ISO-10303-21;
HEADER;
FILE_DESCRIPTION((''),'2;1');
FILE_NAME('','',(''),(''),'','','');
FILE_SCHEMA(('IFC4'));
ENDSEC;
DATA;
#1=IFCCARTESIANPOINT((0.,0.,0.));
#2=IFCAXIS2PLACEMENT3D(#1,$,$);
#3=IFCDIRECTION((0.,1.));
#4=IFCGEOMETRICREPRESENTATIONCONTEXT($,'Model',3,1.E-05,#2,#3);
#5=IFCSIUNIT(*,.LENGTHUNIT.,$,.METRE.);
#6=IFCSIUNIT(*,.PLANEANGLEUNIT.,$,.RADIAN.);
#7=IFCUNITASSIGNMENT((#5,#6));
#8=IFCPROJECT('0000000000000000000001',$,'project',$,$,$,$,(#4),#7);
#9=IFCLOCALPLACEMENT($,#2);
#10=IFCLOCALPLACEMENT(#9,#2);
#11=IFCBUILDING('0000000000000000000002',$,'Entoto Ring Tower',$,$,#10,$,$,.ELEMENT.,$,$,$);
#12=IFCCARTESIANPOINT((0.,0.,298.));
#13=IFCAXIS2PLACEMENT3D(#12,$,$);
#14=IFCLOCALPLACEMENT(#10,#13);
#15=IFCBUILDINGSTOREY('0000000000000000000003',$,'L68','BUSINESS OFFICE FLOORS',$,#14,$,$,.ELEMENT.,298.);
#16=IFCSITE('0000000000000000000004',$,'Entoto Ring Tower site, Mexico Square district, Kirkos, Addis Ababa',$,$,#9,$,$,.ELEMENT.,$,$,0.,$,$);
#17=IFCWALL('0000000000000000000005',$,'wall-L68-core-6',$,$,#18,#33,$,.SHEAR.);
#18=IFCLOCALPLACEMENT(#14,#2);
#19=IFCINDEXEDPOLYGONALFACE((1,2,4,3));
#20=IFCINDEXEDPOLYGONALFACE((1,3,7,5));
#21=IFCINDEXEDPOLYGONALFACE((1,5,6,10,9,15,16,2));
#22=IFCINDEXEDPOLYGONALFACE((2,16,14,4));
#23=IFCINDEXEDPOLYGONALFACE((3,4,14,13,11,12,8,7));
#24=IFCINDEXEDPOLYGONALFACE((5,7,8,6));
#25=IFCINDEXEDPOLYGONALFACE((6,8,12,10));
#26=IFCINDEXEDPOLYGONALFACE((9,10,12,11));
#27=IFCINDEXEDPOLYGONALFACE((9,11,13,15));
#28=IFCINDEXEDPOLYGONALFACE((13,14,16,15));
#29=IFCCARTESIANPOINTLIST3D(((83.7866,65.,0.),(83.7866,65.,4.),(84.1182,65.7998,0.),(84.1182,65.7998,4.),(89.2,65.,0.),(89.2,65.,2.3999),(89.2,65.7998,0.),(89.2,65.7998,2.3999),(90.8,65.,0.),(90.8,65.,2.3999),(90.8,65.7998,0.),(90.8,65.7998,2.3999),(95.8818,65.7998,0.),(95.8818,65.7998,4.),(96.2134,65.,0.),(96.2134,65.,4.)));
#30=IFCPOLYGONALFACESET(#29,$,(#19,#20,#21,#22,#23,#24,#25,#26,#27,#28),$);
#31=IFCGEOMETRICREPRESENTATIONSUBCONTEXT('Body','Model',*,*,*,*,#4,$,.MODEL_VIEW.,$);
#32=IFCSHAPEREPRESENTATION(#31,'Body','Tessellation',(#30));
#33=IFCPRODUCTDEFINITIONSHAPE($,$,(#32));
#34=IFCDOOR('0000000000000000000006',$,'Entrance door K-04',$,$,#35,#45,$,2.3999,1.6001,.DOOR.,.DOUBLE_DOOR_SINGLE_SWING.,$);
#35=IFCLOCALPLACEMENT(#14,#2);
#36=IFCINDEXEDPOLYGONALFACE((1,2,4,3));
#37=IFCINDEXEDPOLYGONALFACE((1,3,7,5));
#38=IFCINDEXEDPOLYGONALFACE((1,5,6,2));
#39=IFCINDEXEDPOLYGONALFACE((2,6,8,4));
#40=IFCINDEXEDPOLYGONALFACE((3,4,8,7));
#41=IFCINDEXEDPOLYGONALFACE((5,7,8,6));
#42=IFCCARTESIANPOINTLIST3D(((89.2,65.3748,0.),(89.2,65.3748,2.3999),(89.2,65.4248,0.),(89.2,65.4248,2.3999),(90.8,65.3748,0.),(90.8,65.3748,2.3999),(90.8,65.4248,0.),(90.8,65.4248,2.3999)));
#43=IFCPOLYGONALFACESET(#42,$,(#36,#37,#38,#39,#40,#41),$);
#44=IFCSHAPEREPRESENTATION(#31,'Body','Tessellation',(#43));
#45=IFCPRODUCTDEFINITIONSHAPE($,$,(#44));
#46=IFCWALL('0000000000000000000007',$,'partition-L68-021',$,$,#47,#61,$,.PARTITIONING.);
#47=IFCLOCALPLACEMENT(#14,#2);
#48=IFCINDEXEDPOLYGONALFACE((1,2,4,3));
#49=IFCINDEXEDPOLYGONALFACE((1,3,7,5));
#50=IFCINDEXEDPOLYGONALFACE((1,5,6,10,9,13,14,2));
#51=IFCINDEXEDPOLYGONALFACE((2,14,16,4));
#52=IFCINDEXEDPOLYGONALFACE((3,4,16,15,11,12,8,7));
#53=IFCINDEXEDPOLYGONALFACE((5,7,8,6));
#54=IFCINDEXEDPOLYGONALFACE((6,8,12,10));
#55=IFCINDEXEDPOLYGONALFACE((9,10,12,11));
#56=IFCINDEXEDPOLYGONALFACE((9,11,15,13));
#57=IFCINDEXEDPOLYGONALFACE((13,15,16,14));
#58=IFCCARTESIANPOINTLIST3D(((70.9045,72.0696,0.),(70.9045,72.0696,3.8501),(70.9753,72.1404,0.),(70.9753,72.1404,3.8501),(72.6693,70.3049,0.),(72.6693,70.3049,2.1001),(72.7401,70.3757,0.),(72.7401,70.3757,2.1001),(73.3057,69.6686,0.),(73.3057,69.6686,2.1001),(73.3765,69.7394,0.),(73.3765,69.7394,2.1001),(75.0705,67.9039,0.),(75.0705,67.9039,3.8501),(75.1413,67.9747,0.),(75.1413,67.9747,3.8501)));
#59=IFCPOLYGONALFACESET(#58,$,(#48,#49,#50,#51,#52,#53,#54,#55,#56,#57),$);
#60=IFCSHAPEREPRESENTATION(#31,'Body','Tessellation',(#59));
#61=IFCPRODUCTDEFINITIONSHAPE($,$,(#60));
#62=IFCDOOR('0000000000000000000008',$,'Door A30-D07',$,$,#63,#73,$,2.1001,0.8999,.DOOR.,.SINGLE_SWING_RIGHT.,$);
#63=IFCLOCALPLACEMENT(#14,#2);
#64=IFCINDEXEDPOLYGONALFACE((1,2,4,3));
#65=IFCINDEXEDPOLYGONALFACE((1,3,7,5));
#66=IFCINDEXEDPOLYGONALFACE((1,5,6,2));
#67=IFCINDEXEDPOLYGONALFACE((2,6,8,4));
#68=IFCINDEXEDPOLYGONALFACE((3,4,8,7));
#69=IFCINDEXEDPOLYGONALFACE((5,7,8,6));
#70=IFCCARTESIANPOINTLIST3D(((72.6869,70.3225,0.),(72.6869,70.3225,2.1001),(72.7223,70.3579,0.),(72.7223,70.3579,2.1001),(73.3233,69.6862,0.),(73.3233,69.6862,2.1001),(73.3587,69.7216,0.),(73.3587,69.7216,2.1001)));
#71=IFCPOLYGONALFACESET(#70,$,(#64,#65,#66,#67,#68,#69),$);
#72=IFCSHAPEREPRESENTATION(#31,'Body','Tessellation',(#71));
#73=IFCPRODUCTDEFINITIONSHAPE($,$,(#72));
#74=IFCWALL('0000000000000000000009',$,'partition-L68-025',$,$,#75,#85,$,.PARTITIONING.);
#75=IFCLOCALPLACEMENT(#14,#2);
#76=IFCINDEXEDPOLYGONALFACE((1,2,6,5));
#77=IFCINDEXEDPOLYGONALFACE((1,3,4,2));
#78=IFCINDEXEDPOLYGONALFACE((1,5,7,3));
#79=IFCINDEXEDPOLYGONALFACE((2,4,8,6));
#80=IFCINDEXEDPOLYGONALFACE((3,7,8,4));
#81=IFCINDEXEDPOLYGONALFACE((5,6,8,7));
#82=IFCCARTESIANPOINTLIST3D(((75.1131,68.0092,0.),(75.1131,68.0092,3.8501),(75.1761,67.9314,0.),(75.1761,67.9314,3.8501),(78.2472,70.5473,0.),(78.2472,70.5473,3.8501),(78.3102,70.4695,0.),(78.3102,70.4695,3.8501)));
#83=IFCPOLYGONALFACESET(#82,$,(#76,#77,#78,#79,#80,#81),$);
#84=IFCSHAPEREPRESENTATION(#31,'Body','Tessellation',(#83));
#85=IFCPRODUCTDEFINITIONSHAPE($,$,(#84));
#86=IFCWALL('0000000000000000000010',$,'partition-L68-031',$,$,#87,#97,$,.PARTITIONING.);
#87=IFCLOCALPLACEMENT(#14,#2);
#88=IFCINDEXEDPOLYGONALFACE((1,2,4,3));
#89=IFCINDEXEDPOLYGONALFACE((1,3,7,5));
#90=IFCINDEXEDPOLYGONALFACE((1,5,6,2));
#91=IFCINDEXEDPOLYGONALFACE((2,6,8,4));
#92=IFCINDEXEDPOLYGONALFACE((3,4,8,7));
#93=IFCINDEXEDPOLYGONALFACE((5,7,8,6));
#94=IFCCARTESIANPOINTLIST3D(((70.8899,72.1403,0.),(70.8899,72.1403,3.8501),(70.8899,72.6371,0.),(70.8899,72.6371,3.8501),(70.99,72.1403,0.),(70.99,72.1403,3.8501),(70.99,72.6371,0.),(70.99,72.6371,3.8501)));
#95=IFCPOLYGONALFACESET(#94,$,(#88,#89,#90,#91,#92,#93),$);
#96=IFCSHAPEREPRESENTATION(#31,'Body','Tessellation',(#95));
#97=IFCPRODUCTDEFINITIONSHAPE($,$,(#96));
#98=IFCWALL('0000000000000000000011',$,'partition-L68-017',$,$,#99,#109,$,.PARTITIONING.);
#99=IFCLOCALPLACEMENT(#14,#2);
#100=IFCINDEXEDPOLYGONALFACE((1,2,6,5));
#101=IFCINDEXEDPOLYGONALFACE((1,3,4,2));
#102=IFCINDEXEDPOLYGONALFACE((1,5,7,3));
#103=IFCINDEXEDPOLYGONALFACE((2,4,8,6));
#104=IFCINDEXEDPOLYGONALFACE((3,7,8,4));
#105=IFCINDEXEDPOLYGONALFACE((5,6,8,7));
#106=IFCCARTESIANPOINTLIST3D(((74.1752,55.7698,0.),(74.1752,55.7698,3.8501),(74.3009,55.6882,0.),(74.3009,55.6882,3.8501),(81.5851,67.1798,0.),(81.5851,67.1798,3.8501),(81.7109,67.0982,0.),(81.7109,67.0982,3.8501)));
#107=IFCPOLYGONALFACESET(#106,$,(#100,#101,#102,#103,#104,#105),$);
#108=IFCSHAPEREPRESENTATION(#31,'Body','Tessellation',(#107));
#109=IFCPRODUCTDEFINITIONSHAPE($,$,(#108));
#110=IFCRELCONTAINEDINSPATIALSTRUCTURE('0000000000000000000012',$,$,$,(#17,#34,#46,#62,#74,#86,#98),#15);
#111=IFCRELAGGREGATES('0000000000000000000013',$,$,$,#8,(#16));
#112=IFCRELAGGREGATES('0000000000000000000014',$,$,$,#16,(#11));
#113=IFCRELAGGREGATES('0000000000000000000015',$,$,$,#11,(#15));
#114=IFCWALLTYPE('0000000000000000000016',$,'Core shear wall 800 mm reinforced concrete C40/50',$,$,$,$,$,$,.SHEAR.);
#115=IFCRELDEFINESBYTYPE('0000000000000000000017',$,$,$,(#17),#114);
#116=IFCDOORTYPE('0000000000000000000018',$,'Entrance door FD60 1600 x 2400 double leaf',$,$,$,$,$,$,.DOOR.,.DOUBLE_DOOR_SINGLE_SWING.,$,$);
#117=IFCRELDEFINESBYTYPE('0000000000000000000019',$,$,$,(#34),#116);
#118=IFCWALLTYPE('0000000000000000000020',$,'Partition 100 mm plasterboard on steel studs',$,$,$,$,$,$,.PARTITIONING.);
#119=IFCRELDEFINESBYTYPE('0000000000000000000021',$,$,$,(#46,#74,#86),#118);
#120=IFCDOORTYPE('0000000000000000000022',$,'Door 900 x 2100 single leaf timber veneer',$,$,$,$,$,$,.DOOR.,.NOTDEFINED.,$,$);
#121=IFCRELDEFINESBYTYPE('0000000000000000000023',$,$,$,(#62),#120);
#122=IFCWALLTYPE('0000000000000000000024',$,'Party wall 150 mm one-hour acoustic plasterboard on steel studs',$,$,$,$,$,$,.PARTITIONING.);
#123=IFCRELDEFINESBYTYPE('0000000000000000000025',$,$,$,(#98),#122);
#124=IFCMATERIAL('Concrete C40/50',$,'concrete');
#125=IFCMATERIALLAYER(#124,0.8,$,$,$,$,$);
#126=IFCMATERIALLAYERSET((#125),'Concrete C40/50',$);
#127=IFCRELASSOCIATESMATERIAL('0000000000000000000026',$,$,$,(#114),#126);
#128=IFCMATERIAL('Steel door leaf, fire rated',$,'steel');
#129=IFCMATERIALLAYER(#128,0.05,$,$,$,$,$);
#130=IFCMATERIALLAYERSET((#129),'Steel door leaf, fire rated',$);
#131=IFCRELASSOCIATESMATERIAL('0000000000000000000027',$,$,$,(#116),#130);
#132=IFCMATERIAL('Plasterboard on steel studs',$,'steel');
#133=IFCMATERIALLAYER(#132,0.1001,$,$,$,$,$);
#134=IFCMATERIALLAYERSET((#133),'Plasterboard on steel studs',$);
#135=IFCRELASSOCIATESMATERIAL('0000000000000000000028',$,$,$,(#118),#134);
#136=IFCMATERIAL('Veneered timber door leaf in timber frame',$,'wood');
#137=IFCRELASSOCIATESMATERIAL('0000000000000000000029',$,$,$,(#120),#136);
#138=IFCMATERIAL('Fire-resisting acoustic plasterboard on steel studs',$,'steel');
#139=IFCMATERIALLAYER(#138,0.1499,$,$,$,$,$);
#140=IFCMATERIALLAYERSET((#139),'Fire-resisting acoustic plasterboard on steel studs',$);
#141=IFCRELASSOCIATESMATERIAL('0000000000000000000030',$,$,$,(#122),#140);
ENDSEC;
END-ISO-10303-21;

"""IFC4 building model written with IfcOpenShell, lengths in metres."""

from ifc_helpers import new_model, si_unit, direction, frame, frame_2d, origin, place, context, subcontext, project, spatial, polyline, rectangle, outline, extrude, material, layer, layer_set, type_object, element, fill, save


model = new_model("IFC4")

# Units and contexts
model_context = context("Model", 3, precision=1e-05, world=origin(), true_north=direction((0.0, 1.0)))
body_context = subcontext(model_context, "Body", "Model", "MODEL_VIEW")
ifc_project = project(units=[si_unit("LENGTHUNIT", "METRE"), si_unit("PLANEANGLEUNIT", "RADIAN")], contexts=[model_context])

# Site, building, storey
site_placement = place(None, origin())
site = spatial("IfcSite", under=ifc_project, at=site_placement, Name="Entoto Ring Tower site, Mexico Square district, Kirkos, Addis Ababa", CompositionType="ELEMENT", RefElevation=0.0)
building_placement = place(site_placement, origin())
building = spatial("IfcBuilding", under=site, at=building_placement, Name="Entoto Ring Tower", CompositionType="ELEMENT")
storey_placement = place(building_placement, frame((0.0, 0.0, 298.0)))
storey = spatial("IfcBuildingStorey", under=building, at=storey_placement, Name="L68", Description="BUSINESS OFFICE FLOORS", CompositionType="ELEMENT", Elevation=298.0)

# Walls, openings, doors
ifc_material_1 = material(Name="Concrete C40/50", Category="concrete")
ifc_layer_1 = layer(ifc_material_1, 0.8)
ifc_layer_set_1 = layer_set([ifc_layer_1], Name="Concrete C40/50")
wall_type_1 = type_object("IfcWallType", Name="Core shear wall 800 mm reinforced concrete C40/50", PredefinedType="SHEAR", material=ifc_layer_set_1)
wall_1_placement = place(storey_placement, frame((83.9524, 65.3999, 0.0), z_axis=(0.0, 0.0, 1.0), x_axis=(1.0, 0.0, 0.0)))
wall_1 = element("IfcWall", 1, at=wall_1_placement, inside=storey, type_object=wall_type_1, Name="wall-L68-core-6", PredefinedType="SHEAR", context=body_context, shape_type="SweptSolid", body=[
    extrude(outline(polyline([(-0.1658, -0.3999), (12.261, -0.3999), (11.9294, 0.3999), (0.1658, 0.3999), (-0.1658, -0.3999)])), origin(), (0.0, 0.0, 1.0), 4.0),
])
opening_1_placement = place(wall_1_placement, frame((5.2476, 0.0, 0.0)))
opening_1 = element("IfcOpeningElement", 2, at=opening_1_placement, cuts=wall_1, PredefinedType="OPENING", context=body_context, shape_type="SweptSolid", body=[
    extrude(rectangle(XDim=1.6001, YDim=2.3999, at=frame_2d((0.8, 1.2))), frame((0.0, 0.4102, 0.0), z_axis=(0.0, -1.0, 0.0), x_axis=(1.0, 0.0, 0.0)), (0.0, 0.0, 1.0), 0.8201),
])
ifc_material_2 = material(Name="Steel door leaf, fire rated", Category="steel")
ifc_layer_2 = layer(ifc_material_2, 0.05)
ifc_layer_set_2 = layer_set([ifc_layer_2], Name="Steel door leaf, fire rated")
door_type_1 = type_object("IfcDoorType", Name="Entrance door FD60 1600 x 2400 double leaf", OperationType="DOUBLE_DOOR_SINGLE_SWING", PredefinedType="DOOR", material=ifc_layer_set_2)
door_1_placement = place(opening_1_placement, origin())
door_1 = element("IfcDoor", 3, at=door_1_placement, inside=storey, type_object=door_type_1, Name="Entrance door K-04", OperationType="DOUBLE_DOOR_SINGLE_SWING", OverallHeight=2.3999, OverallWidth=1.6001, PredefinedType="DOOR", context=body_context, shape_type="SweptSolid", body=[
    extrude(rectangle(XDim=1.6001, YDim=2.3999, at=frame_2d((0.8, 1.2))), frame((0.0, 0.0249, 0.0), z_axis=(0.0, -1.0, 0.0), x_axis=(1.0, 0.0, 0.0)), (0.0, 0.0, 1.0), 0.05),
])
fill(opening_1, door_1)
ifc_material_3 = material(Name="Plasterboard on steel studs", Category="steel")
ifc_layer_3 = layer(ifc_material_3, 0.1001)
ifc_layer_set_3 = layer_set([ifc_layer_3], Name="Plasterboard on steel studs")
wall_type_2 = type_object("IfcWallType", Name="Partition 100 mm plasterboard on steel studs", PredefinedType="PARTITIONING", material=ifc_layer_set_3)
wall_2_placement = place(storey_placement, frame((75.106, 67.9392, 0.0), z_axis=(0.0, 0.0, 1.0), x_axis=(-0.707128, 0.707086, 0.0)))
wall_2 = element("IfcWall", 4, at=wall_2_placement, inside=storey, type_object=wall_type_2, Name="partition-L68-021", PredefinedType="PARTITIONING", context=body_context, shape_type="SweptSolid", body=[
    extrude(rectangle(XDim=5.8914, YDim=0.1001, at=frame_2d((2.9458, 0.0))), origin(), (0.0, 0.0, 1.0), 3.8501),
])
opening_2_placement = place(wall_2_placement, frame((2.4958, 0.0, 0.0)))
opening_2 = element("IfcOpeningElement", 5, at=opening_2_placement, cuts=wall_2, PredefinedType="OPENING", context=body_context, shape_type="SweptSolid", body=[
    extrude(rectangle(XDim=0.8999, YDim=2.1001, at=frame_2d((0.45, 1.05))), frame((0.0, 0.0601, 0.0), z_axis=(0.0, -1.0, 0.0), x_axis=(1.0, 0.0, 0.0)), (0.0, 0.0, 1.0), 0.1201),
])
ifc_material_4 = material(Name="Veneered timber door leaf in timber frame", Category="wood")
door_type_2 = type_object("IfcDoorType", Name="Door 900 x 2100 single leaf timber veneer", OperationType="NOTDEFINED", PredefinedType="DOOR", material=ifc_material_4)
door_2_placement = place(opening_2_placement, frame((0.8999, 0.0, 0.0), z_axis=(0.0, 0.0, 1.0), x_axis=(-1.0, 0.0, 0.0)))
door_2 = element("IfcDoor", 6, at=door_2_placement, inside=storey, type_object=door_type_2, Name="Door A30-D07", OperationType="SINGLE_SWING_RIGHT", OverallHeight=2.1001, OverallWidth=0.8999, PredefinedType="DOOR", context=body_context, shape_type="SweptSolid", body=[
    extrude(rectangle(XDim=0.8999, YDim=2.1001, at=frame_2d((0.45, 1.05))), frame((0.0, 0.0249, 0.0), z_axis=(0.0, -1.0, 0.0), x_axis=(1.0, 0.0, 0.0)), (0.0, 0.0, 1.0), 0.05),
])
fill(opening_2, door_2)

# Walls
wall_3_placement = place(storey_placement, frame((75.1445, 67.9702, 0.0), z_axis=(0.0, 0.0, 1.0), x_axis=(0.777122, 0.62935, 0.0)))
element("IfcWall", 7, at=wall_3_placement, inside=storey, type_object=wall_type_2, Name="partition-L68-025", PredefinedType="PARTITIONING", context=body_context, shape_type="SweptSolid", body=[
    extrude(rectangle(XDim=4.033, YDim=0.1001, at=frame_2d((2.0166, 0.0))), origin(), (0.0, 0.0, 1.0), 3.8501),
])
wall_4_placement = place(storey_placement, frame((70.9399, 72.1401, 0.0), z_axis=(0.0, 0.0, 1.0), x_axis=(0.0, 1.0, 0.0)))
element("IfcWall", 8, at=wall_4_placement, inside=storey, type_object=wall_type_2, Name="partition-L68-031", PredefinedType="PARTITIONING", context=body_context, shape_type="SweptSolid", body=[
    extrude(rectangle(XDim=0.4968, YDim=0.1001, at=frame_2d((0.2485, 0.0))), origin(), (0.0, 0.0, 1.0), 3.8501),
])
ifc_material_5 = material(Name="Fire-resisting acoustic plasterboard on steel studs", Category="steel")
ifc_layer_4 = layer(ifc_material_5, 0.1499)
ifc_layer_set_4 = layer_set([ifc_layer_4], Name="Fire-resisting acoustic plasterboard on steel studs")
wall_type_3 = type_object("IfcWallType", Name="Party wall 150 mm one-hour acoustic plasterboard on steel studs", PredefinedType="PARTITIONING", material=ifc_layer_set_4)
wall_5_placement = place(storey_placement, frame((74.238, 55.729, 0.0), z_axis=(0.0, 0.0, 1.0), x_axis=(0.544651, 0.838663, 0.0)))
element("IfcWall", 9, at=wall_5_placement, inside=storey, type_object=wall_type_3, Name="partition-L68-017", PredefinedType="PARTITIONING", context=body_context, shape_type="SweptSolid", body=[
    extrude(rectangle(XDim=13.605, YDim=0.1499, at=frame_2d((6.8025, 0.0))), origin(), (0.0, 0.0, 1.0), 3.8501),
])

save(model, "model.ifc")
